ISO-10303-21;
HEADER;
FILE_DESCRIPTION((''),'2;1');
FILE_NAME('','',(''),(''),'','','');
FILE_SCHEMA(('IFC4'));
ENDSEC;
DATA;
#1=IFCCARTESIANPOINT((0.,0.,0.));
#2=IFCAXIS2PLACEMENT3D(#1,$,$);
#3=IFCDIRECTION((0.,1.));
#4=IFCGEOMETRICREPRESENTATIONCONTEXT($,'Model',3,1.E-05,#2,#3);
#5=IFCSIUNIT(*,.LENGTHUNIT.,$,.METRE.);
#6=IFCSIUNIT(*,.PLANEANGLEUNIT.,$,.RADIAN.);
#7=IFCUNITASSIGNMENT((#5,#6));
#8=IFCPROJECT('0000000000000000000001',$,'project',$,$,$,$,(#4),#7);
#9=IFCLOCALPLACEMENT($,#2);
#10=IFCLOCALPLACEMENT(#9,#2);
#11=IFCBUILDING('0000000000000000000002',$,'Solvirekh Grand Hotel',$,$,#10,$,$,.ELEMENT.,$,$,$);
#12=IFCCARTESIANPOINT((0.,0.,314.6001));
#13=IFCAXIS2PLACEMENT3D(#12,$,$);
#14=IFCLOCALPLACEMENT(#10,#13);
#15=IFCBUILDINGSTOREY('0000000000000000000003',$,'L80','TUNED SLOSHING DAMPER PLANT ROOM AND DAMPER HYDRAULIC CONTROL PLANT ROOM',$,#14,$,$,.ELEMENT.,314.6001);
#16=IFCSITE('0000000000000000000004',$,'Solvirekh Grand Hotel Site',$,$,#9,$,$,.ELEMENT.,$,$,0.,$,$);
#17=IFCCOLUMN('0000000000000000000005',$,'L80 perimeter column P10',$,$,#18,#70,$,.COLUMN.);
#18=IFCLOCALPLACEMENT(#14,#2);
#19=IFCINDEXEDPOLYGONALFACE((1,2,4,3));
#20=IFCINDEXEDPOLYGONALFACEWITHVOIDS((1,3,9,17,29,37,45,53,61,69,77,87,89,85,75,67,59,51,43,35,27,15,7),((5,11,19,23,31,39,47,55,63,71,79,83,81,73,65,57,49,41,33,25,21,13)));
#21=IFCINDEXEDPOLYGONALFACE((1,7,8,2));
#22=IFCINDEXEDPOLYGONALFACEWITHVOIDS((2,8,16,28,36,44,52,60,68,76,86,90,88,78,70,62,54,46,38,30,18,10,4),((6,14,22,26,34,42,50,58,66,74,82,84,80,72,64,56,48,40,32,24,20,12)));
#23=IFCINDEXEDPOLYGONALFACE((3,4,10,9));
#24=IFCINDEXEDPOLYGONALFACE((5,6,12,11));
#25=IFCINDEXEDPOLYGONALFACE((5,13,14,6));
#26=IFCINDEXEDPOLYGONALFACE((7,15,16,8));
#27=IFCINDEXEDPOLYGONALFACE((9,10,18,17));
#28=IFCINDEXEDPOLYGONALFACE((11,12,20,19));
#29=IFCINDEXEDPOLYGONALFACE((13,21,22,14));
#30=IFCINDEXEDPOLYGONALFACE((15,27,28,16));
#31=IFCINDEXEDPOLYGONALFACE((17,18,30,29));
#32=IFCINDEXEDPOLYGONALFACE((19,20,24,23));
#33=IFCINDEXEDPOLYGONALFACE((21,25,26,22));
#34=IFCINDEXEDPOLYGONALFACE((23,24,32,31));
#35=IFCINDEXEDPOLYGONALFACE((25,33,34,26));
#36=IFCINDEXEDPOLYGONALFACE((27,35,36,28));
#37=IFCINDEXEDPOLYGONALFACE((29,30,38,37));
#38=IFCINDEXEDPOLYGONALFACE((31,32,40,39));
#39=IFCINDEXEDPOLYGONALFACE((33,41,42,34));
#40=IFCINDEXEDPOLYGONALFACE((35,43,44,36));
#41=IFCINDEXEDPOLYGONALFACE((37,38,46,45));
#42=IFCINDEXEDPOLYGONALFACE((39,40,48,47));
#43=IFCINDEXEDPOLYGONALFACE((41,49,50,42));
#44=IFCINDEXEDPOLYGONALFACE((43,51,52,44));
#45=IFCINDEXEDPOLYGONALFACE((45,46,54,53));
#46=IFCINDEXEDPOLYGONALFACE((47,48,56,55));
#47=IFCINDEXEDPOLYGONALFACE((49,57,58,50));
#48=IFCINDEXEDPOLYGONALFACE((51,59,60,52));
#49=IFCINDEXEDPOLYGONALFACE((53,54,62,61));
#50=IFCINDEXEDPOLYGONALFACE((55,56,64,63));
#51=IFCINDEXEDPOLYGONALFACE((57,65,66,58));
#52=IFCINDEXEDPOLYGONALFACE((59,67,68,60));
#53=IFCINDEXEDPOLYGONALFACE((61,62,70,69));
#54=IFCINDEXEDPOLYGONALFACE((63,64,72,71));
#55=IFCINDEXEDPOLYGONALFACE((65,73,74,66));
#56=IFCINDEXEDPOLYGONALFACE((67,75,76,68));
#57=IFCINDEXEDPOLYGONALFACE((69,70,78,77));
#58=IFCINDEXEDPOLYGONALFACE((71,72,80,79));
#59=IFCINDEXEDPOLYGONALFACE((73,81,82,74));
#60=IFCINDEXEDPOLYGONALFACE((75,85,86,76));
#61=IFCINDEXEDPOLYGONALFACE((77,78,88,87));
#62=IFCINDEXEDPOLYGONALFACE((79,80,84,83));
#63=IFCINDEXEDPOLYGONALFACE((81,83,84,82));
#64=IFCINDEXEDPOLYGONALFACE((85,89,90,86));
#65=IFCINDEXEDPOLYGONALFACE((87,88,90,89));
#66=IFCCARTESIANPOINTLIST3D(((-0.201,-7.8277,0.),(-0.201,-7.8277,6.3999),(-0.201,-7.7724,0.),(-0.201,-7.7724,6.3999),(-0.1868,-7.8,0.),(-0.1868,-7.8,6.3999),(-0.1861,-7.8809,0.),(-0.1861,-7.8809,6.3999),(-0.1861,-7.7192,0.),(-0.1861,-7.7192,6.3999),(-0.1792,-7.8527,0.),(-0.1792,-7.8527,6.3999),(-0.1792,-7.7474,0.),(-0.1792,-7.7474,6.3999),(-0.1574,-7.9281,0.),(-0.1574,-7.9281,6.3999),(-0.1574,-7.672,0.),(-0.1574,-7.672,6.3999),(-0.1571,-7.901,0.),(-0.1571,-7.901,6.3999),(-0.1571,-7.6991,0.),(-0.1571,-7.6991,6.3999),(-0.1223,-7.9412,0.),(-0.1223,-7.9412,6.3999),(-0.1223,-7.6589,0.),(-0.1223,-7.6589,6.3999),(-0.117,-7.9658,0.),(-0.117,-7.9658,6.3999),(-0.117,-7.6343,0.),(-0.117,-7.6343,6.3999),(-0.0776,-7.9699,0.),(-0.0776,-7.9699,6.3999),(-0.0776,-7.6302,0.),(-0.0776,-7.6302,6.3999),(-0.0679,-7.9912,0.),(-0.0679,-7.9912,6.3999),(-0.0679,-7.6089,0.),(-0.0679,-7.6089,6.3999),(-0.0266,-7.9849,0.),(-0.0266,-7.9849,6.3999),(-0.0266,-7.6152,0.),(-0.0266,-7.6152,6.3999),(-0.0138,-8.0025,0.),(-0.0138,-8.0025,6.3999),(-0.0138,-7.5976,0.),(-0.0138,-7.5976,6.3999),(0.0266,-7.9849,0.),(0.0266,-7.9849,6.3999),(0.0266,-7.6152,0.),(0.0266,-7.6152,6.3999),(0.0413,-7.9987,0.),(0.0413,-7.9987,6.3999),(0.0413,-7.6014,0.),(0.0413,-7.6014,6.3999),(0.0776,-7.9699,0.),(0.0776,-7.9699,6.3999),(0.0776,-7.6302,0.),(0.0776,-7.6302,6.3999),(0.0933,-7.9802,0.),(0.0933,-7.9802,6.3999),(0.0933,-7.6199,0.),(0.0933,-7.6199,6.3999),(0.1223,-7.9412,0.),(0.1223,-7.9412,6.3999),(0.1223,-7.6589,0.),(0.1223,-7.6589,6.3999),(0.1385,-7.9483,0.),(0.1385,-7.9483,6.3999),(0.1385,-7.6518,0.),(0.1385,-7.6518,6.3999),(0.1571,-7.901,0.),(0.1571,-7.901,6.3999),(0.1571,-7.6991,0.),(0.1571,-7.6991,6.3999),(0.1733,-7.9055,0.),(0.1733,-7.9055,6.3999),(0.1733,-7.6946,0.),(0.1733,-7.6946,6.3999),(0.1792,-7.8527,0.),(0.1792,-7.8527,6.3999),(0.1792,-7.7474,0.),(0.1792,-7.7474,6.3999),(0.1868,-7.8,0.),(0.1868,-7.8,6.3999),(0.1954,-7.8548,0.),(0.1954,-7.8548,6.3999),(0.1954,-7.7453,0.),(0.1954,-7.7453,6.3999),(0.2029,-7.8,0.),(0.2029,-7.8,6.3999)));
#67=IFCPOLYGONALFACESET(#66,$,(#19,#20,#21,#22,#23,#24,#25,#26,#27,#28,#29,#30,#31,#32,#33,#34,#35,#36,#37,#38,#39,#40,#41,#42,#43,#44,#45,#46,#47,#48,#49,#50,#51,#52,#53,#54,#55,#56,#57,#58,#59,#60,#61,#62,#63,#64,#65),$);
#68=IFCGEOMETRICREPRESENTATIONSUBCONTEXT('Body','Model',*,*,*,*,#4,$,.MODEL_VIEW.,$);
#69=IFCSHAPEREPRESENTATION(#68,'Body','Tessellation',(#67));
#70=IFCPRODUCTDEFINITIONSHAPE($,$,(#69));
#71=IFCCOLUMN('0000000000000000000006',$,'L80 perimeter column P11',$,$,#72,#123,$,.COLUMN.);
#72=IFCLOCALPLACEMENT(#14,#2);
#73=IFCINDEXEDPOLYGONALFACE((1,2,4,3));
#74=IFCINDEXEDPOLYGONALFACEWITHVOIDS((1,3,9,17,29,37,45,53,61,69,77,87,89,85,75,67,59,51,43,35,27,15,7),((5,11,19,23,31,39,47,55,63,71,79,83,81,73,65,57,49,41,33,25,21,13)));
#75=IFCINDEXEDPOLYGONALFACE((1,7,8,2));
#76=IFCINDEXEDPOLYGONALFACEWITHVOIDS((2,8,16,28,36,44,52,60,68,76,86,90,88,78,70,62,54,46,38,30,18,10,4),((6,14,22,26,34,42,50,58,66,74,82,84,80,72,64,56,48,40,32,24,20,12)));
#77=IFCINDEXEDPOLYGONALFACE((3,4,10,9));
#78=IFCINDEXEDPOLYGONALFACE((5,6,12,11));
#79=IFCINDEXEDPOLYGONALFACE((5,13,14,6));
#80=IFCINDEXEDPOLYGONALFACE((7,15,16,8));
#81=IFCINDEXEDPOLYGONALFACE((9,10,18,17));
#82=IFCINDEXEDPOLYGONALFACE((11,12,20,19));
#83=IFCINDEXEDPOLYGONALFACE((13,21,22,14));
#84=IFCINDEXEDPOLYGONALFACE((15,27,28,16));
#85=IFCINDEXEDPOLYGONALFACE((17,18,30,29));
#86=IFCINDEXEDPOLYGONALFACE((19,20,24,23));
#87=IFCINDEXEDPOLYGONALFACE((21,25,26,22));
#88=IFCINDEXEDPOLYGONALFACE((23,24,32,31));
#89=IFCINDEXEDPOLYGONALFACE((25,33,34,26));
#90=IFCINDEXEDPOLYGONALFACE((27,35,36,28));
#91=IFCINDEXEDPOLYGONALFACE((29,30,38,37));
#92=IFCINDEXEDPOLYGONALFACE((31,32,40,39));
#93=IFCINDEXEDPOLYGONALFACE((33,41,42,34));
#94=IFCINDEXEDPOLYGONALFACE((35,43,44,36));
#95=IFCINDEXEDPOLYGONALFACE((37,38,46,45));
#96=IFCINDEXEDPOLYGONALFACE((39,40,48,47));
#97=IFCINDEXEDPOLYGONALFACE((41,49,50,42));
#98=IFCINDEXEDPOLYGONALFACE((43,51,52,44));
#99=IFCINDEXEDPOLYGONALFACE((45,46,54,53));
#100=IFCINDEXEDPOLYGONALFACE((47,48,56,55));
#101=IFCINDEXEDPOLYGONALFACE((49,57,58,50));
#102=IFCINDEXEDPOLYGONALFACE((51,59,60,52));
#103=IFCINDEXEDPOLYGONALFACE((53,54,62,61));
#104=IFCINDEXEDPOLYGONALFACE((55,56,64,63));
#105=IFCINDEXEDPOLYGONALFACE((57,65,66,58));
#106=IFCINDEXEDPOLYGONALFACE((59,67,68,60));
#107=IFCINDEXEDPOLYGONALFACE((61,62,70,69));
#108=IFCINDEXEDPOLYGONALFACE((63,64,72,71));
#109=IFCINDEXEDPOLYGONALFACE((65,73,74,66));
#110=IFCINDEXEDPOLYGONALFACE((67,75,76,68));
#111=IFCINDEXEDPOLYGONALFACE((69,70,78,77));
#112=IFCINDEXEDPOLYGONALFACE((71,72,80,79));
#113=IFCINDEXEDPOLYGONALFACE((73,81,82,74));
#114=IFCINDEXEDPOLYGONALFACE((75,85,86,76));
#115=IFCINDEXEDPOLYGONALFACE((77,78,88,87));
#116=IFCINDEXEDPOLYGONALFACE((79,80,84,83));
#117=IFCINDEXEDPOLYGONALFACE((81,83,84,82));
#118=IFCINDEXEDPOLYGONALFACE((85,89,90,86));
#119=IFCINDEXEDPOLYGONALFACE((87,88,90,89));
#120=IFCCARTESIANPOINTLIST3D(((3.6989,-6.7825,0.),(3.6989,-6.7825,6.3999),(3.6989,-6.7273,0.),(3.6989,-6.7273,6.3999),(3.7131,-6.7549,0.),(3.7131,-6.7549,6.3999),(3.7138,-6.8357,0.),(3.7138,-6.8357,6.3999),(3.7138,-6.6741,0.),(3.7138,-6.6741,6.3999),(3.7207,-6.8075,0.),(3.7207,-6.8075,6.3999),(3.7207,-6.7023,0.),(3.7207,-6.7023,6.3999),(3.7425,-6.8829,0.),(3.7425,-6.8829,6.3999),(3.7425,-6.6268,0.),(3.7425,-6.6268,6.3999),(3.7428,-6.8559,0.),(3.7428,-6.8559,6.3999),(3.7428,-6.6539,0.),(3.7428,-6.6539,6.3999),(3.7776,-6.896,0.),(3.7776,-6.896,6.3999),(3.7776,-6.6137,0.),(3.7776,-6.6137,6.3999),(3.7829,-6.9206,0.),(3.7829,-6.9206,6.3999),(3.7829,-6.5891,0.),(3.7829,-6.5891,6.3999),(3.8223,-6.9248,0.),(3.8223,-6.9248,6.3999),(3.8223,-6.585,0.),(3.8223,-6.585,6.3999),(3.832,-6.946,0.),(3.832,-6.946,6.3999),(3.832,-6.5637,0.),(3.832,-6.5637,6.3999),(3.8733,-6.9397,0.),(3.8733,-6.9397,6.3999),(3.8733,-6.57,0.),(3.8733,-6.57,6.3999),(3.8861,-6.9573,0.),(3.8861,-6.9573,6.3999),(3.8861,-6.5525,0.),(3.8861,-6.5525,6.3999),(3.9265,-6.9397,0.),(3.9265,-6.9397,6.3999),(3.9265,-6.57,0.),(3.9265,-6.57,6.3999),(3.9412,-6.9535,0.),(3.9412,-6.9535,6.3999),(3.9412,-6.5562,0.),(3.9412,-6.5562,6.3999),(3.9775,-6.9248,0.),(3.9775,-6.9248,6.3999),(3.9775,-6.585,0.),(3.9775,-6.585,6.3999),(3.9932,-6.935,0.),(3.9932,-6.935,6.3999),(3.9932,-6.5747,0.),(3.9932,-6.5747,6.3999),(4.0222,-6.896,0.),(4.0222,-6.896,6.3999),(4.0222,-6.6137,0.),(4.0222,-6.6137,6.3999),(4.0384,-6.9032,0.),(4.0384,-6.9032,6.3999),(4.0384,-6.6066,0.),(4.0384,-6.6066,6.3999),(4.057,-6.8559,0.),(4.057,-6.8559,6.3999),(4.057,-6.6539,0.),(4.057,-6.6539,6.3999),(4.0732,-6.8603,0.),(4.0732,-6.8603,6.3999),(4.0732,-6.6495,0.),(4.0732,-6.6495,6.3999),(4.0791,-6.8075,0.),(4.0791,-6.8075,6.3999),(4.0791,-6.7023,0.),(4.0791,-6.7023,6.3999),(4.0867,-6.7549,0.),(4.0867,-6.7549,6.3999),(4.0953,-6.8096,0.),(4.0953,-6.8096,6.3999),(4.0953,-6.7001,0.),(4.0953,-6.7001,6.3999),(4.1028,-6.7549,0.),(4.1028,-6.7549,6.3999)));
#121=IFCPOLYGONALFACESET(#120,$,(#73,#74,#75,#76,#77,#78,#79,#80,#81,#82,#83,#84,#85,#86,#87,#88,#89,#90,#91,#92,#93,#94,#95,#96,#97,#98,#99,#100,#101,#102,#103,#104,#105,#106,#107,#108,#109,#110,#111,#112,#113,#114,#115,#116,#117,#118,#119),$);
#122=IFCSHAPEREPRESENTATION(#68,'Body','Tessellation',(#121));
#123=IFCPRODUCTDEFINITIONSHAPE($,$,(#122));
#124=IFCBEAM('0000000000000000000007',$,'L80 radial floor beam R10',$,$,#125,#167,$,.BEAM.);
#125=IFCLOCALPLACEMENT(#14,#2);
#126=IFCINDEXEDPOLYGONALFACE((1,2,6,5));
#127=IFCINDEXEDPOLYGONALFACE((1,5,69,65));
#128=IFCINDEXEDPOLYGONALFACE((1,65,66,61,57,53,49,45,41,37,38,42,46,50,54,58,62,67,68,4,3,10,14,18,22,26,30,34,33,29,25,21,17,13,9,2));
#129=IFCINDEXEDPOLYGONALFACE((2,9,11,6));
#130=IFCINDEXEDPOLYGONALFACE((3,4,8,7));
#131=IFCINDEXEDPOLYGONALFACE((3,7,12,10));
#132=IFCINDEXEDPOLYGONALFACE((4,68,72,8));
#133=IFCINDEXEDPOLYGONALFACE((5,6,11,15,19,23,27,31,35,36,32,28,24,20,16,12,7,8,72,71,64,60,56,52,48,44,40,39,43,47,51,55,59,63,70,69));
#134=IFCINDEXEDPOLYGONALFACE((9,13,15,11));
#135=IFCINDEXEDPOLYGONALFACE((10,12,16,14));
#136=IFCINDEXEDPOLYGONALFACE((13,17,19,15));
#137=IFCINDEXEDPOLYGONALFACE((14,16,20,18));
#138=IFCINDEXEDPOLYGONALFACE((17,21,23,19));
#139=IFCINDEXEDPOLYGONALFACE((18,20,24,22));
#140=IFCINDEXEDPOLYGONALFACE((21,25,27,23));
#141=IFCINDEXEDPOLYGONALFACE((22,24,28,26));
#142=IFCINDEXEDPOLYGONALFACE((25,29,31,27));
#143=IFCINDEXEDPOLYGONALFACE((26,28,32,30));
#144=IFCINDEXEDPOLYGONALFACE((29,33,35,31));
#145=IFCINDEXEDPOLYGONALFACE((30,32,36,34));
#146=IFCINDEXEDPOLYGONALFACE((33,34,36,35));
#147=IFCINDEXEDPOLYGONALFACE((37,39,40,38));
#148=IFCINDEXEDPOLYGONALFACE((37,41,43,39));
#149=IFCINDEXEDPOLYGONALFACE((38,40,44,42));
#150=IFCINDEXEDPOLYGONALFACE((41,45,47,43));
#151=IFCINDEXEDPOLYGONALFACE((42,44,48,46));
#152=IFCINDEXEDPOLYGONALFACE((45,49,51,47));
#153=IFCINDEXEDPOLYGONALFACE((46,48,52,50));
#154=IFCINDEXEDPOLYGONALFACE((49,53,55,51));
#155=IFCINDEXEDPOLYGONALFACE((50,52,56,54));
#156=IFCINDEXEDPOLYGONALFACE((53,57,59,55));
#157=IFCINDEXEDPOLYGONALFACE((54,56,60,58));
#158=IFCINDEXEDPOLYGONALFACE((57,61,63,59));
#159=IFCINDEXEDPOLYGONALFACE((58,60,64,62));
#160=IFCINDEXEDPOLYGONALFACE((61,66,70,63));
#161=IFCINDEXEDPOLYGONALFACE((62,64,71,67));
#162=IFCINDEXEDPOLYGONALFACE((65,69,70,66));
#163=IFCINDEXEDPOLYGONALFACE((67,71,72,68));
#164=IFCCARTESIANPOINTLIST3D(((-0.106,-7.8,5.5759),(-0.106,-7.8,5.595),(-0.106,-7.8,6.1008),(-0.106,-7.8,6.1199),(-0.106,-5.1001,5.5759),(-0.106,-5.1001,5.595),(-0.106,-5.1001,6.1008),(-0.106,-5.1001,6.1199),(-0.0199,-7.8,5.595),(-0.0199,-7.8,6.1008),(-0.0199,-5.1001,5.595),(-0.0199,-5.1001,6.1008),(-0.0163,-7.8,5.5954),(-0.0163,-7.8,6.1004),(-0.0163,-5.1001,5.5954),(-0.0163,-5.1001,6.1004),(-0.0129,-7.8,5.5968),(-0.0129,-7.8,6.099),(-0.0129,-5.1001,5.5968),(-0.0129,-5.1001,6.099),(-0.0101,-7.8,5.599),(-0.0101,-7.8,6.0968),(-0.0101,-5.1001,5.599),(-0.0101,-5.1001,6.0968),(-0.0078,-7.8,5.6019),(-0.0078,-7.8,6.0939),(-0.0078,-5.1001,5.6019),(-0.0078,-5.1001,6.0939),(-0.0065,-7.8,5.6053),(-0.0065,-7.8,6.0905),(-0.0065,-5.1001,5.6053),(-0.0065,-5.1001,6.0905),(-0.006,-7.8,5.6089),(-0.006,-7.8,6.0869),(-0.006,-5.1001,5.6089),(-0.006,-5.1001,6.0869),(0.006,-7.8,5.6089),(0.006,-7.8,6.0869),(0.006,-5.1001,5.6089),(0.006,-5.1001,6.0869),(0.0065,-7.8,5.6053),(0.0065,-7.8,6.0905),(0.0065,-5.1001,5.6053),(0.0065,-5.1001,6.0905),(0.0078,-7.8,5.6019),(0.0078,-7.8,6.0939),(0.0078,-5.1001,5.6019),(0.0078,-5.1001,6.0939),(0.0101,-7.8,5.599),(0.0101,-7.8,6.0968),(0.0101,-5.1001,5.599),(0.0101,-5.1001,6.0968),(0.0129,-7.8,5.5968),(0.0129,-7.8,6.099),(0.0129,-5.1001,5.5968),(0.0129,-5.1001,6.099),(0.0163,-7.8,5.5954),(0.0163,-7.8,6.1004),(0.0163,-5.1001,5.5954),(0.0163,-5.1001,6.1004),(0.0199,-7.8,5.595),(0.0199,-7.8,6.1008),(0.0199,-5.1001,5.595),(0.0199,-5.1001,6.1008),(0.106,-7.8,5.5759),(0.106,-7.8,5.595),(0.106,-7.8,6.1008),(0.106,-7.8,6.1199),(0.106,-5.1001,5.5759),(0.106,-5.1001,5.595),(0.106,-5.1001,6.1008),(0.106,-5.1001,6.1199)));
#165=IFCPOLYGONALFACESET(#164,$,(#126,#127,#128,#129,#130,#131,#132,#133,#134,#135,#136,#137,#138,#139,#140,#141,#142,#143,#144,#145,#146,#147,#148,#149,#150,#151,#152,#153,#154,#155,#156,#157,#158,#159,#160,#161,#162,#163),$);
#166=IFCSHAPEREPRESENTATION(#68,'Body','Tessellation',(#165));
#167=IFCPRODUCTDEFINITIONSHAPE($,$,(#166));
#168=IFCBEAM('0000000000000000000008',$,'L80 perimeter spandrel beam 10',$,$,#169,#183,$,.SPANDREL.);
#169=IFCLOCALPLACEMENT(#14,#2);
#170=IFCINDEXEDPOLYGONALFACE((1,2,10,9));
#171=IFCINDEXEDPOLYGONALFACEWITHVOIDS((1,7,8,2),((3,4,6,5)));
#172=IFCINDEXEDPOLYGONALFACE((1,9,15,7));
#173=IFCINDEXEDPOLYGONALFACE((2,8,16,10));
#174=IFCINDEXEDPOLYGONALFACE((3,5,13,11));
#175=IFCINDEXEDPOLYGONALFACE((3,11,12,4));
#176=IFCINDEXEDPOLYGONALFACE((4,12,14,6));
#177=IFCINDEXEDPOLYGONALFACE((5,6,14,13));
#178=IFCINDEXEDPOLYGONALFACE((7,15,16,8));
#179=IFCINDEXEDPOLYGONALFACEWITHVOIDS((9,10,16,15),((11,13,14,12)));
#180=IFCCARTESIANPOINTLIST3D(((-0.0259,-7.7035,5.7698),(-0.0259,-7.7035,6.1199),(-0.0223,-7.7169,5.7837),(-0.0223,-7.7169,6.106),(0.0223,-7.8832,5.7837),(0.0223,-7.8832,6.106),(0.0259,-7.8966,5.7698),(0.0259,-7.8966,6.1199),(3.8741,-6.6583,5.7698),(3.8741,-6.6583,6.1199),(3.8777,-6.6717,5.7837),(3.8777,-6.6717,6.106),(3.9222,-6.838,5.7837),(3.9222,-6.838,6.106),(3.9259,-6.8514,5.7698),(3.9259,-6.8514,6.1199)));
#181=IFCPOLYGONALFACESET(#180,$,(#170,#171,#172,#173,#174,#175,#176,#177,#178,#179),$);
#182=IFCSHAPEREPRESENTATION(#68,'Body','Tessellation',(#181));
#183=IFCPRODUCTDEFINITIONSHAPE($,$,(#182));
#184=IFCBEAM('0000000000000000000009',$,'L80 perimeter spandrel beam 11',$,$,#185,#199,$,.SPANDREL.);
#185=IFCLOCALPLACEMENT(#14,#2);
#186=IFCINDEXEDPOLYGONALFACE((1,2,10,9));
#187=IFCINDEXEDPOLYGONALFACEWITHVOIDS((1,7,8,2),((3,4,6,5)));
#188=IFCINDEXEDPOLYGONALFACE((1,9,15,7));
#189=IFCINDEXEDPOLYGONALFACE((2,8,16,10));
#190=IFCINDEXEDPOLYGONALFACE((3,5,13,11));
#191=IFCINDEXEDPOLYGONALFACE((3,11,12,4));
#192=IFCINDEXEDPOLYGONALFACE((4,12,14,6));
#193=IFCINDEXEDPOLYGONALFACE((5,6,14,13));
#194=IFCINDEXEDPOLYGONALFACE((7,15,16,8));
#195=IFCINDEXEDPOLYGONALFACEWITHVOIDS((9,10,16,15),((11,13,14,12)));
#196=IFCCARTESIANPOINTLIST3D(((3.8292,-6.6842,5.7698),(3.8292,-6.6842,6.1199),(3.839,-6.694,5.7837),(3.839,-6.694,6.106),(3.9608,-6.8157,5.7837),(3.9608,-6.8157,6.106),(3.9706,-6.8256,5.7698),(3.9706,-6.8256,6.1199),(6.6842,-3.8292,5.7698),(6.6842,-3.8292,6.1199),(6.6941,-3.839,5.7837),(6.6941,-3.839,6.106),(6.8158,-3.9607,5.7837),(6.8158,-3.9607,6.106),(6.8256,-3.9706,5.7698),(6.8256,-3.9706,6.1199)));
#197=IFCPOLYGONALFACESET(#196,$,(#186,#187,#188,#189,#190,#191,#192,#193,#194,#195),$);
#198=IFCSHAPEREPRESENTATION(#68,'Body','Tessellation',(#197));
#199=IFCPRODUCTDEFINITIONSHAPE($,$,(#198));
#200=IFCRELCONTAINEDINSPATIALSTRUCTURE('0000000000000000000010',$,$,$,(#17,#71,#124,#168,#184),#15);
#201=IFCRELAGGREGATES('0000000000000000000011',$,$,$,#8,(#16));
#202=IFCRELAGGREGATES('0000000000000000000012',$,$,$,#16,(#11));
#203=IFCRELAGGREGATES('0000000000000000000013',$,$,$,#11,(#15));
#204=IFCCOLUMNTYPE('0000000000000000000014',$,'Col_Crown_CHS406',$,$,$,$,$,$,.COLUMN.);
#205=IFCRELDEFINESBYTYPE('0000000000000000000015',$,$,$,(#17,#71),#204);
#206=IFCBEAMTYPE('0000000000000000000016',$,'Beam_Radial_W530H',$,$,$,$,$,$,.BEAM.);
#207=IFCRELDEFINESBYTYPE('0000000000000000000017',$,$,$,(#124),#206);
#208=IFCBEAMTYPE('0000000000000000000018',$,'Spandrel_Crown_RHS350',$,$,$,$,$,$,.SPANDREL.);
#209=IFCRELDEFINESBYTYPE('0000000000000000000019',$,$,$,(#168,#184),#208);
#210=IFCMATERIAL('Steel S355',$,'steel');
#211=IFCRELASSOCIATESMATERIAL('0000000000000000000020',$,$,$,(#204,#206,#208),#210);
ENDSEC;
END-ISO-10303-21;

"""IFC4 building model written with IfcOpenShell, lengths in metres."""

from ifc_helpers import new_model, si_unit, direction, frame, origin, origin_2d, place, context, subcontext, project, spatial, hollow_rectangle, hollow_circle, i_section, extrude, material, material_profile, profile_set, type_object, element, save


model = new_model("IFC4")

# Units and contexts
model_context = context("Model", 3, precision=1e-05, world=origin(), true_north=direction((0.0, 1.0)))
body_context = subcontext(model_context, "Body", "Model", "MODEL_VIEW")
ifc_project = project(units=[si_unit("LENGTHUNIT", "METRE"), si_unit("PLANEANGLEUNIT", "RADIAN")], contexts=[model_context])

# Site, building, storey
site_placement = place(None, origin())
site = spatial("IfcSite", under=ifc_project, at=site_placement, Name="Solvirekh Grand Hotel Site", CompositionType="ELEMENT", RefElevation=0.0)
building_placement = place(site_placement, origin())
building = spatial("IfcBuilding", under=site, at=building_placement, Name="Solvirekh Grand Hotel", CompositionType="ELEMENT")
storey_placement = place(building_placement, frame((0.0, 0.0, 314.6001)))
storey = spatial("IfcBuildingStorey", under=building, at=storey_placement, Name="L80", Description="TUNED SLOSHING DAMPER PLANT ROOM AND DAMPER HYDRAULIC CONTROL PLANT ROOM", CompositionType="ELEMENT", Elevation=314.6001)

# Columns
ifc_material_1 = material(Name="Steel S355", Category="steel")
ifc_material_profile_1 = material_profile(ifc_material_1, hollow_circle(Radius=0.2029, WallThickness=0.0161, at=origin_2d()), Name="CHS 406X16")
ifc_profile_set_1 = profile_set([ifc_material_profile_1], Name="Steel S355")
column_type = type_object("IfcColumnType", Name="Col_Crown_CHS406", PredefinedType="COLUMN", material=ifc_profile_set_1)
for number, where, z_axis, x_axis, name in (
    (1, (0.0, -7.8, 0.0), (0.0, 0.0, 1.0), (1.0, 0.0, 0.0), "L80 perimeter column P10"),
    (2, (3.8999, -6.7549, 0.0), (0.0, 0.0, 1.0), (1.0, 0.0, 0.0), "L80 perimeter column P11"),
):
    element("IfcColumn", number, at=place(storey_placement, frame(where, z_axis=z_axis, x_axis=x_axis)), inside=storey, type_object=column_type, Name=name, PredefinedType="COLUMN", context=body_context, shape_type="SweptSolid", body=[
        extrude(hollow_circle(Radius=0.2029, WallThickness=0.0161, at=origin_2d()), origin(), (0.0, 0.0, 1.0), 6.3999),
    ])

# Beams
ifc_material_profile_2 = material_profile(ifc_material_1, i_section(OverallWidth=0.2119, OverallDepth=0.5439, WebThickness=0.012, FlangeThickness=0.019, FilletRadius=0.0139, at=origin_2d()), Name="W530X123")
ifc_profile_set_2 = profile_set([ifc_material_profile_2], Name="Steel S355")
beam_type_1 = type_object("IfcBeamType", Name="Beam_Radial_W530H", PredefinedType="BEAM", material=ifc_profile_set_2)
beam_placement = place(storey_placement, frame((0.0, -5.1001, 5.8479), z_axis=(0.0, -1.0, 0.0), x_axis=(1.0, 0.0, 0.0)))
element("IfcBeam", 3, at=beam_placement, inside=storey, type_object=beam_type_1, Name="L80 radial floor beam R10", PredefinedType="BEAM", context=body_context, shape_type="SweptSolid", body=[
    extrude(i_section(OverallWidth=0.2119, OverallDepth=0.5439, WebThickness=0.012, FlangeThickness=0.019, FilletRadius=0.0139, at=origin_2d()), origin(), (0.0, 0.0, 1.0), 2.7),
])
ifc_material_profile_3 = material_profile(ifc_material_1, hollow_rectangle(XDim=0.2, YDim=0.3501, WallThickness=0.0139, at=origin_2d()), Name="RHS 350X200X14")
ifc_profile_set_3 = profile_set([ifc_material_profile_3], Name="Steel S355")
beam_type_2 = type_object("IfcBeamType", Name="Spandrel_Crown_RHS350", PredefinedType="SPANDREL", material=ifc_profile_set_3)
for number, where, z_axis, x_axis, name in (
    (4, (0.0, -7.8, 5.9448), (0.965914, 0.258863, 0.0), (-0.258863, 0.965914, 0.0), "L80 perimeter spandrel beam 10"),
    (5, (3.8999, -6.7549, 5.9448), (0.707107, 0.707107, 0.0), (-0.707107, 0.707107, 0.0), "L80 perimeter spandrel beam 11"),
):
    element("IfcBeam", number, at=place(storey_placement, frame(where, z_axis=z_axis, x_axis=x_axis)), inside=storey, type_object=beam_type_2, Name=name, PredefinedType="SPANDREL", context=body_context, shape_type="SweptSolid", body=[
        extrude(hollow_rectangle(XDim=0.2, YDim=0.3501, WallThickness=0.0139, at=origin_2d()), origin(), (0.0, 0.0, 1.0), 4.0376),
    ])

save(model, "model.ifc")
